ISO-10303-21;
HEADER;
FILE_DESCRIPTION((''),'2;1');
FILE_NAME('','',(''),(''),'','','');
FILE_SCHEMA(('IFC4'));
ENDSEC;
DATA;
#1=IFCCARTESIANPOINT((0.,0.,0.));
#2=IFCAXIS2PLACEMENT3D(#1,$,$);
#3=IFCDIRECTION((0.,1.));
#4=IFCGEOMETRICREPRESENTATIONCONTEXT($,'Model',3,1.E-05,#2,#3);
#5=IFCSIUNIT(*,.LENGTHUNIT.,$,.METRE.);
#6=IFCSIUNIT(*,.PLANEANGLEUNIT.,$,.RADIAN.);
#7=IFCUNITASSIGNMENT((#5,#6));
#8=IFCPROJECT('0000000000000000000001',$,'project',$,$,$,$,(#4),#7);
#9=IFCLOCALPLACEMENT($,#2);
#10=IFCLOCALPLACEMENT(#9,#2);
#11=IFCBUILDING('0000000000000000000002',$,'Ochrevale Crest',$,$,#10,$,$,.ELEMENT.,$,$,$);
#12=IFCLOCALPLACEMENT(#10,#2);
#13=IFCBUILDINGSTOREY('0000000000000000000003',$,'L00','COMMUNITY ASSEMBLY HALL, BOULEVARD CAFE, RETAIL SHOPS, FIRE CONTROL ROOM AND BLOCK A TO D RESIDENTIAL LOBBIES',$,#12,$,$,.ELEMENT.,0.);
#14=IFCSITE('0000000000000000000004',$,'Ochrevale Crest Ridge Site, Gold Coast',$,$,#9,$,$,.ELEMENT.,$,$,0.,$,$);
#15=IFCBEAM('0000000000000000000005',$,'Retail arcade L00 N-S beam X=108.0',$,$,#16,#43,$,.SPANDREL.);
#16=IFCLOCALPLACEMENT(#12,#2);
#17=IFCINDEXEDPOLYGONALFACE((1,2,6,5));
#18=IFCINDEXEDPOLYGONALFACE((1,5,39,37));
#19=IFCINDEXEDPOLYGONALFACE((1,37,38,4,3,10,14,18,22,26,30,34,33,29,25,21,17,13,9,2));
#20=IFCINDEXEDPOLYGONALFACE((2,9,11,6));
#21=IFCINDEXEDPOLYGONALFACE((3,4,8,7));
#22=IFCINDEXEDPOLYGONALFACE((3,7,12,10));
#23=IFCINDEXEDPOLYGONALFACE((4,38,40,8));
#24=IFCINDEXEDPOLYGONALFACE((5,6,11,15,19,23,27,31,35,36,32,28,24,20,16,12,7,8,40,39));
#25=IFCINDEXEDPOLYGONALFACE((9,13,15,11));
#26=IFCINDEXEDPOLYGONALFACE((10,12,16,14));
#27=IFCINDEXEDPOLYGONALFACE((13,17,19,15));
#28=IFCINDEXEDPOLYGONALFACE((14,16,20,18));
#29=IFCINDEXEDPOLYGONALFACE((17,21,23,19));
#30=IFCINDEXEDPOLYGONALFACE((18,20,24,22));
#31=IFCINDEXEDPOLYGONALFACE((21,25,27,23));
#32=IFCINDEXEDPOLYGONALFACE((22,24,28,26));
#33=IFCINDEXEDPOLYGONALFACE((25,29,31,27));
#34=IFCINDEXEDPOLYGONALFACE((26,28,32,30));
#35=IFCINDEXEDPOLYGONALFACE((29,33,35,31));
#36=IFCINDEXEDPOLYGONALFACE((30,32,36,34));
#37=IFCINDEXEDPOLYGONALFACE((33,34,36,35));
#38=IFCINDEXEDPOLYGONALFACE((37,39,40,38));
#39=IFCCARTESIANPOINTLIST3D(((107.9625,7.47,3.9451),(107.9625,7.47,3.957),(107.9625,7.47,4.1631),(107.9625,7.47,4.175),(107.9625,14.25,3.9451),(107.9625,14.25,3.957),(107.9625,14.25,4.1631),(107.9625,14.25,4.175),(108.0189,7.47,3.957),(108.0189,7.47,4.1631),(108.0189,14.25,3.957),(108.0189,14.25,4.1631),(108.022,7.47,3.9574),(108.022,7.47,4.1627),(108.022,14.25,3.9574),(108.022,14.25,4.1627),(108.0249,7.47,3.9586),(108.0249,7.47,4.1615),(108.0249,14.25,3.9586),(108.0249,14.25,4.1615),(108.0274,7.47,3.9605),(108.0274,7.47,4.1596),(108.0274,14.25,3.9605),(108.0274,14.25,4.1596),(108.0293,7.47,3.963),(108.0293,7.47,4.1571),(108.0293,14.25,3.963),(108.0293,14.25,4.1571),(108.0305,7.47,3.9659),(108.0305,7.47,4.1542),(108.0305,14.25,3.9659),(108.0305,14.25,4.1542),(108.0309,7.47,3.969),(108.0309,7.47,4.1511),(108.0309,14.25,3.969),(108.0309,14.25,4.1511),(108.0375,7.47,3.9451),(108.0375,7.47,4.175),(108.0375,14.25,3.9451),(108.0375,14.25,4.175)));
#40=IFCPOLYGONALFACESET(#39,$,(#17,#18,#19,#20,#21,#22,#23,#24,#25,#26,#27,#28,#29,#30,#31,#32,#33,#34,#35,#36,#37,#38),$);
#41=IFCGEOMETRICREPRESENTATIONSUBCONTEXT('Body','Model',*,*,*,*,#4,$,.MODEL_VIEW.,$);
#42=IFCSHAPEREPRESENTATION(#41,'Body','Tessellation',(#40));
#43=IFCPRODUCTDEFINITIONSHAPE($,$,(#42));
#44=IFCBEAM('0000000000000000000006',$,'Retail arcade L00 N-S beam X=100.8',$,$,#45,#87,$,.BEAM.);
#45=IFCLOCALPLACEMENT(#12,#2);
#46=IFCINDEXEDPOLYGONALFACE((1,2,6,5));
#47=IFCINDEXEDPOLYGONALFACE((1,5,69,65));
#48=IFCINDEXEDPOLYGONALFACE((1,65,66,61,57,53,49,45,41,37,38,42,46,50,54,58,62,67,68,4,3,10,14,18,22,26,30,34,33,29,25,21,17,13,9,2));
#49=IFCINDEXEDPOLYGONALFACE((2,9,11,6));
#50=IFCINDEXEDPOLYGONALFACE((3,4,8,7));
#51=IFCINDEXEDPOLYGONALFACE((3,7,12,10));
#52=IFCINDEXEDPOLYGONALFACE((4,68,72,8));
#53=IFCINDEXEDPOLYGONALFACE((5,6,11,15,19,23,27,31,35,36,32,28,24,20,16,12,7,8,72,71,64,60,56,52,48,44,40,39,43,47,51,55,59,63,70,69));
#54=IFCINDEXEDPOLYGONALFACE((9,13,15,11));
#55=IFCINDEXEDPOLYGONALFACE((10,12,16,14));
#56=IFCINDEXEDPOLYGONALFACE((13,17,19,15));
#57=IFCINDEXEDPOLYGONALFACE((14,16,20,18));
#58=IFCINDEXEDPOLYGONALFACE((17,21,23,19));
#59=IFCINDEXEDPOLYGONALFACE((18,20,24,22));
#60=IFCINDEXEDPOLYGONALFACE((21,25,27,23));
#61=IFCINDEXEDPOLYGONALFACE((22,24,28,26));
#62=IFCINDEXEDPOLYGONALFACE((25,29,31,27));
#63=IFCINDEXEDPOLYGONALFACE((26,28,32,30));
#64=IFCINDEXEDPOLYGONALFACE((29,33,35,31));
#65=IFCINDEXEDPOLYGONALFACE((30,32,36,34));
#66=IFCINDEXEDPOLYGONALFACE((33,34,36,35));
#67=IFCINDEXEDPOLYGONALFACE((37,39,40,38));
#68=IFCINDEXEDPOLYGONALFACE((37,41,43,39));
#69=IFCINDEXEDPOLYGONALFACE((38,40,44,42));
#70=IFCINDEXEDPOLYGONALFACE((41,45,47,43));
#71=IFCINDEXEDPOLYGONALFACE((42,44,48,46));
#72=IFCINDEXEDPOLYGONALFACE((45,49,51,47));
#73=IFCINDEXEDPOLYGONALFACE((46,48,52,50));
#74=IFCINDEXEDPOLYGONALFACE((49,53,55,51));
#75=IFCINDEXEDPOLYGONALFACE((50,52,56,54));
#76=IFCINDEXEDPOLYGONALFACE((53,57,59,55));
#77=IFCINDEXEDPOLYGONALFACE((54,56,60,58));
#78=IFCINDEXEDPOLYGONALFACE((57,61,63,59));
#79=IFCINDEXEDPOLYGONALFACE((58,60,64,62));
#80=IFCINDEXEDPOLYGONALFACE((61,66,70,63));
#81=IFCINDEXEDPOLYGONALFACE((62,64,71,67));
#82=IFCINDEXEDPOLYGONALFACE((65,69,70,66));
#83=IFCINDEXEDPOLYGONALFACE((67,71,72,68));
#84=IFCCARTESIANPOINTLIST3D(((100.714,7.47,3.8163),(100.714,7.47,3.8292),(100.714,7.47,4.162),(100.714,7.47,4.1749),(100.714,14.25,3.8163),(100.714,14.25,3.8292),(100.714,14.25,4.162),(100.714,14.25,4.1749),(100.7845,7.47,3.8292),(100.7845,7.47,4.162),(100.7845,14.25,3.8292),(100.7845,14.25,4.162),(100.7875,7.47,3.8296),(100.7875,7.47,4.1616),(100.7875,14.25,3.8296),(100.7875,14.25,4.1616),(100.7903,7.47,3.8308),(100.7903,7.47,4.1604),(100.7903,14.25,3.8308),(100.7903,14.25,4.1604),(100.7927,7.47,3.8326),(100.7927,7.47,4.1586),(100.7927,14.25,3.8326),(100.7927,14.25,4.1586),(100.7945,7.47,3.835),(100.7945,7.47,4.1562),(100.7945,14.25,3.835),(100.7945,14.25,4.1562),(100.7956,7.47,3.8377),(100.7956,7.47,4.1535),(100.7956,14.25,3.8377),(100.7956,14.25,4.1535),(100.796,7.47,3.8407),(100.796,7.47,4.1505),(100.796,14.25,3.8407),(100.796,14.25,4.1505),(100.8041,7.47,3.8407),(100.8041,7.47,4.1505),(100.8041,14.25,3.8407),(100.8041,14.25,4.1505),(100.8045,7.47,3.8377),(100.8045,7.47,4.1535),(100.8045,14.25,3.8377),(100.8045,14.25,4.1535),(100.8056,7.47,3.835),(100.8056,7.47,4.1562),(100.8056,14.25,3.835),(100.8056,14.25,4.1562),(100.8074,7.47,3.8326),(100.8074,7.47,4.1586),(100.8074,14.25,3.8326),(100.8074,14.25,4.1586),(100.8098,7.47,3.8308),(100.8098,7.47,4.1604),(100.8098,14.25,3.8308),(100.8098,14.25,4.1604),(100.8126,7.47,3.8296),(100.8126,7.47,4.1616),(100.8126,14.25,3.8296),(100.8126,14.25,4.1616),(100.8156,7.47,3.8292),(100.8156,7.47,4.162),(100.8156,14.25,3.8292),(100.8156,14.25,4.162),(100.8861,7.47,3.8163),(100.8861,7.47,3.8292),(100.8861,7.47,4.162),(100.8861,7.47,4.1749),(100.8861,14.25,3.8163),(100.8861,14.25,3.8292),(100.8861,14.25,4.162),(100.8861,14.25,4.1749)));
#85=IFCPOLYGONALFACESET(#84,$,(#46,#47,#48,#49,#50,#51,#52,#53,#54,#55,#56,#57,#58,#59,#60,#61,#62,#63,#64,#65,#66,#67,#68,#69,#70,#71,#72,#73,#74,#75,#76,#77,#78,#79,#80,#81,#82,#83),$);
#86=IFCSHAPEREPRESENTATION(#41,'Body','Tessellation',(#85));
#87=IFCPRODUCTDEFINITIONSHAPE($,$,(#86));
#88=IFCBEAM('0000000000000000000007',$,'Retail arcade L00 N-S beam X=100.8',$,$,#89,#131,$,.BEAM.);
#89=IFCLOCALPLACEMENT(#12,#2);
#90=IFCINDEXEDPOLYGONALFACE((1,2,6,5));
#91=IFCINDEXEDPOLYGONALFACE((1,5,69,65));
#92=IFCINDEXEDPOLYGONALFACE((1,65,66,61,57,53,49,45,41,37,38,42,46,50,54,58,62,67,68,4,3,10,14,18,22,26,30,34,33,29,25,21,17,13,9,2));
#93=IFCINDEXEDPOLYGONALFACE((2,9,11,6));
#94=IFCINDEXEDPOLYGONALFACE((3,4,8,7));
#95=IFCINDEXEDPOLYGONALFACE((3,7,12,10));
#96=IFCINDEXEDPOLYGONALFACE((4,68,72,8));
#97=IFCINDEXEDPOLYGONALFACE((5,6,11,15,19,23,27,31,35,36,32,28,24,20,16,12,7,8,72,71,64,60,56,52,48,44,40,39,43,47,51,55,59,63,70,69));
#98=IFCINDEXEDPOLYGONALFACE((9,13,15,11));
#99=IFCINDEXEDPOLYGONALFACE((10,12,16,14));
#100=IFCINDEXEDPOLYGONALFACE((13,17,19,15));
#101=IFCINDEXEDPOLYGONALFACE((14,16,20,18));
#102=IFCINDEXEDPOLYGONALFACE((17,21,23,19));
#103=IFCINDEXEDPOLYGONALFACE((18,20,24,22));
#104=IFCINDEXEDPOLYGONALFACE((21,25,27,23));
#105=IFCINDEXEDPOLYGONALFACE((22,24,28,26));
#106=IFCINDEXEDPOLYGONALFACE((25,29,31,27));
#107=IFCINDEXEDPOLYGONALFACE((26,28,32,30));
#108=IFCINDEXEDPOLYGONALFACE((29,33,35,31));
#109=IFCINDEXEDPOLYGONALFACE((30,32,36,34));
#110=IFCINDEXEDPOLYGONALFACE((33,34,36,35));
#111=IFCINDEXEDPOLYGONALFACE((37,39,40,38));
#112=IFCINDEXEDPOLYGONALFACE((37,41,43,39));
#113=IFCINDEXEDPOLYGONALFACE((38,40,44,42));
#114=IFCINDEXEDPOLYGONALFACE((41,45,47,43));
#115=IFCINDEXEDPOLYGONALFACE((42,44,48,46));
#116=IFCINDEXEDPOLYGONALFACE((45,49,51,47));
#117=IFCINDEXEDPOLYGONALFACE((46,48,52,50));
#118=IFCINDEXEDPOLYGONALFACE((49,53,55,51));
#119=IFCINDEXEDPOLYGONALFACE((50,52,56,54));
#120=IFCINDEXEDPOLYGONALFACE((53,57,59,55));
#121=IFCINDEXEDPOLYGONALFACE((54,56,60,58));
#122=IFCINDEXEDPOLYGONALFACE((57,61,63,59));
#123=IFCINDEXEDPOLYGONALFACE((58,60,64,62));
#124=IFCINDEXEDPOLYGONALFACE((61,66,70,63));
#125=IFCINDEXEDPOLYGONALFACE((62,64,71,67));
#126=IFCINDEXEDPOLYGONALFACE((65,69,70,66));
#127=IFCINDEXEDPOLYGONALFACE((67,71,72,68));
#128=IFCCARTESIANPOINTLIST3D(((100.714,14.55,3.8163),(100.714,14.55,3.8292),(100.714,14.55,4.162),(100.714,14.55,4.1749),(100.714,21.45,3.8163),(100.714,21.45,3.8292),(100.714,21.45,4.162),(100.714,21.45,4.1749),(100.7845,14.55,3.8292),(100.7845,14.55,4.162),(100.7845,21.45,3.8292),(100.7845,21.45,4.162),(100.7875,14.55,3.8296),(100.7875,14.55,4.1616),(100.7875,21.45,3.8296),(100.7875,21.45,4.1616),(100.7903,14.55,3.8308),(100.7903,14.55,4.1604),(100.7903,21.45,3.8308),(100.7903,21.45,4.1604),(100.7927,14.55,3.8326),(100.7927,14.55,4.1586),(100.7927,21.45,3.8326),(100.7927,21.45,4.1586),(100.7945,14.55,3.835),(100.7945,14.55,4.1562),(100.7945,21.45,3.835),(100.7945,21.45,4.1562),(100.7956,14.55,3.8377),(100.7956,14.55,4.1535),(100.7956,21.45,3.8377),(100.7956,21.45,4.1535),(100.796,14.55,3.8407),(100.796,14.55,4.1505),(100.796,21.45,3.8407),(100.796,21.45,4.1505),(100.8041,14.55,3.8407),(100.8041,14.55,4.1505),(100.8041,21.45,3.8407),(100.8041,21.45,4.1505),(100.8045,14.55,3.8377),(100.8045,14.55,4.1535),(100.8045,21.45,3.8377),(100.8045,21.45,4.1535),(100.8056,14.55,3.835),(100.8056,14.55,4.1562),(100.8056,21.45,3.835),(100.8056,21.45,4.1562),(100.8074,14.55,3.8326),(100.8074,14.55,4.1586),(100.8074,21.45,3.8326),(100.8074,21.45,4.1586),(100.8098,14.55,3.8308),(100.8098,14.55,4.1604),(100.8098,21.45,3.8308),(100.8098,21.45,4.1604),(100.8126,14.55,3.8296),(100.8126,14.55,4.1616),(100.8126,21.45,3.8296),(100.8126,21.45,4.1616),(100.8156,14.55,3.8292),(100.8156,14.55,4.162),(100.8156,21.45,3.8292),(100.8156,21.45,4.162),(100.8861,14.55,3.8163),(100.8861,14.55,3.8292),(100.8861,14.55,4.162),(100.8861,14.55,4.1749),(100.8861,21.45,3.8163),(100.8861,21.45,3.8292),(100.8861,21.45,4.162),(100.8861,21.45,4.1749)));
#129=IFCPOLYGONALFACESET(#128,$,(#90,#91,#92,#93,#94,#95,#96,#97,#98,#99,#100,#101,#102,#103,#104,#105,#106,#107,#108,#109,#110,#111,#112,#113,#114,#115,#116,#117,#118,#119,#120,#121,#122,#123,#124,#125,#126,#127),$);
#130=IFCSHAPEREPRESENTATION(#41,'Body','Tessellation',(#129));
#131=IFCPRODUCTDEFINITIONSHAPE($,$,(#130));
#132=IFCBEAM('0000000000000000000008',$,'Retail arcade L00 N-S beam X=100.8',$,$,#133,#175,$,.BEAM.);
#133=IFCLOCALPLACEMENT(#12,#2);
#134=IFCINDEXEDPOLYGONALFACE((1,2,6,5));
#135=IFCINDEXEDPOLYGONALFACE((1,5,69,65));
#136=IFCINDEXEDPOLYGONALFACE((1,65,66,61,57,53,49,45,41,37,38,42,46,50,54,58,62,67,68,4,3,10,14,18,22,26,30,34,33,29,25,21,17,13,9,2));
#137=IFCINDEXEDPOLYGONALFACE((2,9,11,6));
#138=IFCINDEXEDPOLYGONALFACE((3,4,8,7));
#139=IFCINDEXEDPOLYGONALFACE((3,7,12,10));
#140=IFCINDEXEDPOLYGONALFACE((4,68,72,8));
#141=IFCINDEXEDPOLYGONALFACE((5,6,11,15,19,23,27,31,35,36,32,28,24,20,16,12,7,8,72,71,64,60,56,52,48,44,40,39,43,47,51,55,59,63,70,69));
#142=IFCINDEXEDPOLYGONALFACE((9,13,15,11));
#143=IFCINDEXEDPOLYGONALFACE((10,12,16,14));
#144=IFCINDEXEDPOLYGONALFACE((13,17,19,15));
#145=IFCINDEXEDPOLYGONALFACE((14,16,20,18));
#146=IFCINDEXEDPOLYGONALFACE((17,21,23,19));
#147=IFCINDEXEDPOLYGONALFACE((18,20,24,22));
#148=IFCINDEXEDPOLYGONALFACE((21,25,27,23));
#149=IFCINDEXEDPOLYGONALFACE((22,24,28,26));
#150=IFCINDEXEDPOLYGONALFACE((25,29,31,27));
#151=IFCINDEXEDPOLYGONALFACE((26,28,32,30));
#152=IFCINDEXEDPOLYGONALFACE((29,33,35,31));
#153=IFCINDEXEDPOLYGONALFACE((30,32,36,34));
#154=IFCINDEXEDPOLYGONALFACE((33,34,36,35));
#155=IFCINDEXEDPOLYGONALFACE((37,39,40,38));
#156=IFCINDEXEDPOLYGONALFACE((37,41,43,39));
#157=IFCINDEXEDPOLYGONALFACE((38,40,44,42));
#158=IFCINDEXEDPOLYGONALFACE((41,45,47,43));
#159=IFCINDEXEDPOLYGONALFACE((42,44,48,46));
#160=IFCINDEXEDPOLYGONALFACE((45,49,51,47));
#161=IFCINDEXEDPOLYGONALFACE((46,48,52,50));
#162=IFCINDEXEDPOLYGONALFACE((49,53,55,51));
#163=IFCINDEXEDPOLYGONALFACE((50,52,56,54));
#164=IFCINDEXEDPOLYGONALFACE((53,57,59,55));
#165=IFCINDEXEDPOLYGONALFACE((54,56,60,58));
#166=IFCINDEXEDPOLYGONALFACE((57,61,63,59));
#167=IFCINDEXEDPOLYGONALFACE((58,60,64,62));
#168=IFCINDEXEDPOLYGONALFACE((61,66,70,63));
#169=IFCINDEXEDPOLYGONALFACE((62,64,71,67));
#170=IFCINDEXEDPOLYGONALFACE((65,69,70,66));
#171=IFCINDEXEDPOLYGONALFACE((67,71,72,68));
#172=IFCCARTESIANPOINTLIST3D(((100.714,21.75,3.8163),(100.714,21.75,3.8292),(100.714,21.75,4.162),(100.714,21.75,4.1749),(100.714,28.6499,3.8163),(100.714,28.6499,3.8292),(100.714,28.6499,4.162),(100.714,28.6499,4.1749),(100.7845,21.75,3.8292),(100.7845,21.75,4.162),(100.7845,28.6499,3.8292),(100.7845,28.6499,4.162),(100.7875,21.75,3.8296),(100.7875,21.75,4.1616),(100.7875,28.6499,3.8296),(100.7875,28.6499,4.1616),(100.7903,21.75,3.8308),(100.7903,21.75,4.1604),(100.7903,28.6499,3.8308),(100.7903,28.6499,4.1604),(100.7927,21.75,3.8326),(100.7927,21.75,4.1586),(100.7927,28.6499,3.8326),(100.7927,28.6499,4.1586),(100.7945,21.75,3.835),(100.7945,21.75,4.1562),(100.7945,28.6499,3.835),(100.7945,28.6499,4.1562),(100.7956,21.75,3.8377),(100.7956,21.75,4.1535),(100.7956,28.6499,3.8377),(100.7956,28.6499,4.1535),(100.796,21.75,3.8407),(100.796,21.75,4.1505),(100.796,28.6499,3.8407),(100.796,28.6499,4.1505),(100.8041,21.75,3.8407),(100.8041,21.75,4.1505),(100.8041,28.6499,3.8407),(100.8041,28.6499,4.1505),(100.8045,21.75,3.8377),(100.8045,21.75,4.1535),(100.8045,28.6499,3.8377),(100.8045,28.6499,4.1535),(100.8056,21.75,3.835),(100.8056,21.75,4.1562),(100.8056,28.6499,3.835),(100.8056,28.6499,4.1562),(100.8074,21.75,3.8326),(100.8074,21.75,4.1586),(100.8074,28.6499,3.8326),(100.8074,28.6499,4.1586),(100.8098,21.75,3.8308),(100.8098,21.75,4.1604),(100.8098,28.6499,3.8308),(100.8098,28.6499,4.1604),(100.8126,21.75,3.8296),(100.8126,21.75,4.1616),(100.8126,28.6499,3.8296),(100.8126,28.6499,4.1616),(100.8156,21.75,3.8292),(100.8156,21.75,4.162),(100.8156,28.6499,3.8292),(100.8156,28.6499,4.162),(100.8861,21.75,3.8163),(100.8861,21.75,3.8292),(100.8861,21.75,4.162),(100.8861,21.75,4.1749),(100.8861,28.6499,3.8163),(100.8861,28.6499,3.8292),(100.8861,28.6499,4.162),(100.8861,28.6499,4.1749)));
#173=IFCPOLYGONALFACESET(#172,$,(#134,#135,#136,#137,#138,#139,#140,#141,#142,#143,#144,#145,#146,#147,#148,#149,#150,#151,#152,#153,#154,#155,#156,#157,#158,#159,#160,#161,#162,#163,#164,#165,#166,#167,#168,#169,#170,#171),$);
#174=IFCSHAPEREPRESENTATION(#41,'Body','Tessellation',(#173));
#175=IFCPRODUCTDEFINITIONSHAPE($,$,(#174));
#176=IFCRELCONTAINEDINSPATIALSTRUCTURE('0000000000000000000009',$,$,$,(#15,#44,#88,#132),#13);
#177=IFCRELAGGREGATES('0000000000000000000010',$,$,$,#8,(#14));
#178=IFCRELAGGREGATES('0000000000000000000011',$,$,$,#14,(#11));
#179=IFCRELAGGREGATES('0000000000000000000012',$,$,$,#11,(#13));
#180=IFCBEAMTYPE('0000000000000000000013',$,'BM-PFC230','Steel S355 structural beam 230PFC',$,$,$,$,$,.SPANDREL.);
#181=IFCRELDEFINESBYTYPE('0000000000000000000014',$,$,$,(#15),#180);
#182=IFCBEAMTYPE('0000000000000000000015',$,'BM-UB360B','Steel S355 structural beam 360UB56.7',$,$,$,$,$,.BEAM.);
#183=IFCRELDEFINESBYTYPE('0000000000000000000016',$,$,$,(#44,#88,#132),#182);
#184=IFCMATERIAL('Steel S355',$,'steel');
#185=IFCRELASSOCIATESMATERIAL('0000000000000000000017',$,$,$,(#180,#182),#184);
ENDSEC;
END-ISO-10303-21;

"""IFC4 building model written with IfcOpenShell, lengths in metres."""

from ifc_helpers import new_model, si_unit, direction, frame, origin, origin_2d, place, context, subcontext, project, spatial, i_section, u_section, extrude, material, material_profile, profile_set, type_object, element, save


model = new_model("IFC4")

# Units and contexts
model_context = context("Model", 3, precision=1e-05, world=origin(), true_north=direction((0.0, 1.0)))
body_context = subcontext(model_context, "Body", "Model", "MODEL_VIEW")
ifc_project = project(units=[si_unit("LENGTHUNIT", "METRE"), si_unit("PLANEANGLEUNIT", "RADIAN")], contexts=[model_context])

# Site, building, storey
site_placement = place(None, origin())
site = spatial("IfcSite", under=ifc_project, at=site_placement, Name="Ochrevale Crest Ridge Site, Gold Coast", CompositionType="ELEMENT", RefElevation=0.0)
building_placement = place(site_placement, origin())
building = spatial("IfcBuilding", under=site, at=building_placement, Name="Ochrevale Crest", CompositionType="ELEMENT")
storey_placement = place(building_placement, origin())
storey = spatial("IfcBuildingStorey", under=building, at=storey_placement, Name="L00", Description="COMMUNITY ASSEMBLY HALL, BOULEVARD CAFE, RETAIL SHOPS, FIRE CONTROL ROOM AND BLOCK A TO D RESIDENTIAL LOBBIES", CompositionType="ELEMENT", Elevation=0.0)

# Shared definitions
ifc_material_1 = material(Name="Steel S355", Category="steel")

# Beams
ifc_material_profile_1 = material_profile(ifc_material_1, u_section(Depth=0.23, FlangeWidth=0.075, WebThickness=0.0066, FlangeThickness=0.012, FilletRadius=0.012, at=origin_2d()), Name="230PFC")
ifc_profile_set_1 = profile_set([ifc_material_profile_1], Name="Steel S355")
beam_type_1 = type_object("IfcBeamType", Name="BM-PFC230", Description="Steel S355 structural beam 230PFC", PredefinedType="SPANDREL", material=ifc_profile_set_1)
beam_1_placement = place(storey_placement, frame((108.0, 7.47, 4.0601), z_axis=(0.0, 1.0, 0.0), x_axis=(-1.0, 0.0, 0.0)))
element("IfcBeam", 1, at=beam_1_placement, inside=storey, type_object=beam_type_1, Name="Retail arcade L00 N-S beam X=108.0", PredefinedType="SPANDREL", context=body_context, shape_type="SweptSolid", body=[
    extrude(u_section(Depth=0.23, FlangeWidth=0.075, WebThickness=0.0066, FlangeThickness=0.012, FilletRadius=0.012, at=origin_2d()), origin(), (0.0, 0.0, 1.0), 6.78),
])
ifc_material_profile_2 = material_profile(ifc_material_1, i_section(OverallWidth=0.1721, OverallDepth=0.3586, WebThickness=0.0081, FlangeThickness=0.0129, FilletRadius=0.0115, at=origin_2d()), Name="360UB56.7")
ifc_profile_set_2 = profile_set([ifc_material_profile_2], Name="Steel S355")
beam_type_2 = type_object("IfcBeamType", Name="BM-UB360B", Description="Steel S355 structural beam 360UB56.7", PredefinedType="BEAM", material=ifc_profile_set_2)
beam_2_placement = place(storey_placement, frame((100.8, 7.47, 3.9956), z_axis=(0.0, 1.0, 0.0), x_axis=(-1.0, 0.0, 0.0)))
element("IfcBeam", 2, at=beam_2_placement, inside=storey, type_object=beam_type_2, Name="Retail arcade L00 N-S beam X=100.8", PredefinedType="BEAM", context=body_context, shape_type="SweptSolid", body=[
    extrude(i_section(OverallWidth=0.1721, OverallDepth=0.3586, WebThickness=0.0081, FlangeThickness=0.0129, FilletRadius=0.0115, at=origin_2d()), origin(), (0.0, 0.0, 1.0), 6.78),
])
for number, where, z_axis, x_axis, name in (
    (3, (100.8, 14.55, 3.9956), (0.0, 1.0, 0.0), (-1.0, 0.0, 0.0), "Retail arcade L00 N-S beam X=100.8"),
    (4, (100.8, 21.75, 3.9956), (0.0, 1.0, 0.0), (-1.0, 0.0, 0.0), "Retail arcade L00 N-S beam X=100.8"),
):
    element("IfcBeam", number, at=place(storey_placement, frame(where, z_axis=z_axis, x_axis=x_axis)), inside=storey, type_object=beam_type_2, Name=name, PredefinedType="BEAM", context=body_context, shape_type="SweptSolid", body=[
        extrude(i_section(OverallWidth=0.1721, OverallDepth=0.3586, WebThickness=0.0081, FlangeThickness=0.0129, FilletRadius=0.0115, at=origin_2d()), origin(), (0.0, 0.0, 1.0), 6.8999),
    ])

save(model, "model.ifc")
